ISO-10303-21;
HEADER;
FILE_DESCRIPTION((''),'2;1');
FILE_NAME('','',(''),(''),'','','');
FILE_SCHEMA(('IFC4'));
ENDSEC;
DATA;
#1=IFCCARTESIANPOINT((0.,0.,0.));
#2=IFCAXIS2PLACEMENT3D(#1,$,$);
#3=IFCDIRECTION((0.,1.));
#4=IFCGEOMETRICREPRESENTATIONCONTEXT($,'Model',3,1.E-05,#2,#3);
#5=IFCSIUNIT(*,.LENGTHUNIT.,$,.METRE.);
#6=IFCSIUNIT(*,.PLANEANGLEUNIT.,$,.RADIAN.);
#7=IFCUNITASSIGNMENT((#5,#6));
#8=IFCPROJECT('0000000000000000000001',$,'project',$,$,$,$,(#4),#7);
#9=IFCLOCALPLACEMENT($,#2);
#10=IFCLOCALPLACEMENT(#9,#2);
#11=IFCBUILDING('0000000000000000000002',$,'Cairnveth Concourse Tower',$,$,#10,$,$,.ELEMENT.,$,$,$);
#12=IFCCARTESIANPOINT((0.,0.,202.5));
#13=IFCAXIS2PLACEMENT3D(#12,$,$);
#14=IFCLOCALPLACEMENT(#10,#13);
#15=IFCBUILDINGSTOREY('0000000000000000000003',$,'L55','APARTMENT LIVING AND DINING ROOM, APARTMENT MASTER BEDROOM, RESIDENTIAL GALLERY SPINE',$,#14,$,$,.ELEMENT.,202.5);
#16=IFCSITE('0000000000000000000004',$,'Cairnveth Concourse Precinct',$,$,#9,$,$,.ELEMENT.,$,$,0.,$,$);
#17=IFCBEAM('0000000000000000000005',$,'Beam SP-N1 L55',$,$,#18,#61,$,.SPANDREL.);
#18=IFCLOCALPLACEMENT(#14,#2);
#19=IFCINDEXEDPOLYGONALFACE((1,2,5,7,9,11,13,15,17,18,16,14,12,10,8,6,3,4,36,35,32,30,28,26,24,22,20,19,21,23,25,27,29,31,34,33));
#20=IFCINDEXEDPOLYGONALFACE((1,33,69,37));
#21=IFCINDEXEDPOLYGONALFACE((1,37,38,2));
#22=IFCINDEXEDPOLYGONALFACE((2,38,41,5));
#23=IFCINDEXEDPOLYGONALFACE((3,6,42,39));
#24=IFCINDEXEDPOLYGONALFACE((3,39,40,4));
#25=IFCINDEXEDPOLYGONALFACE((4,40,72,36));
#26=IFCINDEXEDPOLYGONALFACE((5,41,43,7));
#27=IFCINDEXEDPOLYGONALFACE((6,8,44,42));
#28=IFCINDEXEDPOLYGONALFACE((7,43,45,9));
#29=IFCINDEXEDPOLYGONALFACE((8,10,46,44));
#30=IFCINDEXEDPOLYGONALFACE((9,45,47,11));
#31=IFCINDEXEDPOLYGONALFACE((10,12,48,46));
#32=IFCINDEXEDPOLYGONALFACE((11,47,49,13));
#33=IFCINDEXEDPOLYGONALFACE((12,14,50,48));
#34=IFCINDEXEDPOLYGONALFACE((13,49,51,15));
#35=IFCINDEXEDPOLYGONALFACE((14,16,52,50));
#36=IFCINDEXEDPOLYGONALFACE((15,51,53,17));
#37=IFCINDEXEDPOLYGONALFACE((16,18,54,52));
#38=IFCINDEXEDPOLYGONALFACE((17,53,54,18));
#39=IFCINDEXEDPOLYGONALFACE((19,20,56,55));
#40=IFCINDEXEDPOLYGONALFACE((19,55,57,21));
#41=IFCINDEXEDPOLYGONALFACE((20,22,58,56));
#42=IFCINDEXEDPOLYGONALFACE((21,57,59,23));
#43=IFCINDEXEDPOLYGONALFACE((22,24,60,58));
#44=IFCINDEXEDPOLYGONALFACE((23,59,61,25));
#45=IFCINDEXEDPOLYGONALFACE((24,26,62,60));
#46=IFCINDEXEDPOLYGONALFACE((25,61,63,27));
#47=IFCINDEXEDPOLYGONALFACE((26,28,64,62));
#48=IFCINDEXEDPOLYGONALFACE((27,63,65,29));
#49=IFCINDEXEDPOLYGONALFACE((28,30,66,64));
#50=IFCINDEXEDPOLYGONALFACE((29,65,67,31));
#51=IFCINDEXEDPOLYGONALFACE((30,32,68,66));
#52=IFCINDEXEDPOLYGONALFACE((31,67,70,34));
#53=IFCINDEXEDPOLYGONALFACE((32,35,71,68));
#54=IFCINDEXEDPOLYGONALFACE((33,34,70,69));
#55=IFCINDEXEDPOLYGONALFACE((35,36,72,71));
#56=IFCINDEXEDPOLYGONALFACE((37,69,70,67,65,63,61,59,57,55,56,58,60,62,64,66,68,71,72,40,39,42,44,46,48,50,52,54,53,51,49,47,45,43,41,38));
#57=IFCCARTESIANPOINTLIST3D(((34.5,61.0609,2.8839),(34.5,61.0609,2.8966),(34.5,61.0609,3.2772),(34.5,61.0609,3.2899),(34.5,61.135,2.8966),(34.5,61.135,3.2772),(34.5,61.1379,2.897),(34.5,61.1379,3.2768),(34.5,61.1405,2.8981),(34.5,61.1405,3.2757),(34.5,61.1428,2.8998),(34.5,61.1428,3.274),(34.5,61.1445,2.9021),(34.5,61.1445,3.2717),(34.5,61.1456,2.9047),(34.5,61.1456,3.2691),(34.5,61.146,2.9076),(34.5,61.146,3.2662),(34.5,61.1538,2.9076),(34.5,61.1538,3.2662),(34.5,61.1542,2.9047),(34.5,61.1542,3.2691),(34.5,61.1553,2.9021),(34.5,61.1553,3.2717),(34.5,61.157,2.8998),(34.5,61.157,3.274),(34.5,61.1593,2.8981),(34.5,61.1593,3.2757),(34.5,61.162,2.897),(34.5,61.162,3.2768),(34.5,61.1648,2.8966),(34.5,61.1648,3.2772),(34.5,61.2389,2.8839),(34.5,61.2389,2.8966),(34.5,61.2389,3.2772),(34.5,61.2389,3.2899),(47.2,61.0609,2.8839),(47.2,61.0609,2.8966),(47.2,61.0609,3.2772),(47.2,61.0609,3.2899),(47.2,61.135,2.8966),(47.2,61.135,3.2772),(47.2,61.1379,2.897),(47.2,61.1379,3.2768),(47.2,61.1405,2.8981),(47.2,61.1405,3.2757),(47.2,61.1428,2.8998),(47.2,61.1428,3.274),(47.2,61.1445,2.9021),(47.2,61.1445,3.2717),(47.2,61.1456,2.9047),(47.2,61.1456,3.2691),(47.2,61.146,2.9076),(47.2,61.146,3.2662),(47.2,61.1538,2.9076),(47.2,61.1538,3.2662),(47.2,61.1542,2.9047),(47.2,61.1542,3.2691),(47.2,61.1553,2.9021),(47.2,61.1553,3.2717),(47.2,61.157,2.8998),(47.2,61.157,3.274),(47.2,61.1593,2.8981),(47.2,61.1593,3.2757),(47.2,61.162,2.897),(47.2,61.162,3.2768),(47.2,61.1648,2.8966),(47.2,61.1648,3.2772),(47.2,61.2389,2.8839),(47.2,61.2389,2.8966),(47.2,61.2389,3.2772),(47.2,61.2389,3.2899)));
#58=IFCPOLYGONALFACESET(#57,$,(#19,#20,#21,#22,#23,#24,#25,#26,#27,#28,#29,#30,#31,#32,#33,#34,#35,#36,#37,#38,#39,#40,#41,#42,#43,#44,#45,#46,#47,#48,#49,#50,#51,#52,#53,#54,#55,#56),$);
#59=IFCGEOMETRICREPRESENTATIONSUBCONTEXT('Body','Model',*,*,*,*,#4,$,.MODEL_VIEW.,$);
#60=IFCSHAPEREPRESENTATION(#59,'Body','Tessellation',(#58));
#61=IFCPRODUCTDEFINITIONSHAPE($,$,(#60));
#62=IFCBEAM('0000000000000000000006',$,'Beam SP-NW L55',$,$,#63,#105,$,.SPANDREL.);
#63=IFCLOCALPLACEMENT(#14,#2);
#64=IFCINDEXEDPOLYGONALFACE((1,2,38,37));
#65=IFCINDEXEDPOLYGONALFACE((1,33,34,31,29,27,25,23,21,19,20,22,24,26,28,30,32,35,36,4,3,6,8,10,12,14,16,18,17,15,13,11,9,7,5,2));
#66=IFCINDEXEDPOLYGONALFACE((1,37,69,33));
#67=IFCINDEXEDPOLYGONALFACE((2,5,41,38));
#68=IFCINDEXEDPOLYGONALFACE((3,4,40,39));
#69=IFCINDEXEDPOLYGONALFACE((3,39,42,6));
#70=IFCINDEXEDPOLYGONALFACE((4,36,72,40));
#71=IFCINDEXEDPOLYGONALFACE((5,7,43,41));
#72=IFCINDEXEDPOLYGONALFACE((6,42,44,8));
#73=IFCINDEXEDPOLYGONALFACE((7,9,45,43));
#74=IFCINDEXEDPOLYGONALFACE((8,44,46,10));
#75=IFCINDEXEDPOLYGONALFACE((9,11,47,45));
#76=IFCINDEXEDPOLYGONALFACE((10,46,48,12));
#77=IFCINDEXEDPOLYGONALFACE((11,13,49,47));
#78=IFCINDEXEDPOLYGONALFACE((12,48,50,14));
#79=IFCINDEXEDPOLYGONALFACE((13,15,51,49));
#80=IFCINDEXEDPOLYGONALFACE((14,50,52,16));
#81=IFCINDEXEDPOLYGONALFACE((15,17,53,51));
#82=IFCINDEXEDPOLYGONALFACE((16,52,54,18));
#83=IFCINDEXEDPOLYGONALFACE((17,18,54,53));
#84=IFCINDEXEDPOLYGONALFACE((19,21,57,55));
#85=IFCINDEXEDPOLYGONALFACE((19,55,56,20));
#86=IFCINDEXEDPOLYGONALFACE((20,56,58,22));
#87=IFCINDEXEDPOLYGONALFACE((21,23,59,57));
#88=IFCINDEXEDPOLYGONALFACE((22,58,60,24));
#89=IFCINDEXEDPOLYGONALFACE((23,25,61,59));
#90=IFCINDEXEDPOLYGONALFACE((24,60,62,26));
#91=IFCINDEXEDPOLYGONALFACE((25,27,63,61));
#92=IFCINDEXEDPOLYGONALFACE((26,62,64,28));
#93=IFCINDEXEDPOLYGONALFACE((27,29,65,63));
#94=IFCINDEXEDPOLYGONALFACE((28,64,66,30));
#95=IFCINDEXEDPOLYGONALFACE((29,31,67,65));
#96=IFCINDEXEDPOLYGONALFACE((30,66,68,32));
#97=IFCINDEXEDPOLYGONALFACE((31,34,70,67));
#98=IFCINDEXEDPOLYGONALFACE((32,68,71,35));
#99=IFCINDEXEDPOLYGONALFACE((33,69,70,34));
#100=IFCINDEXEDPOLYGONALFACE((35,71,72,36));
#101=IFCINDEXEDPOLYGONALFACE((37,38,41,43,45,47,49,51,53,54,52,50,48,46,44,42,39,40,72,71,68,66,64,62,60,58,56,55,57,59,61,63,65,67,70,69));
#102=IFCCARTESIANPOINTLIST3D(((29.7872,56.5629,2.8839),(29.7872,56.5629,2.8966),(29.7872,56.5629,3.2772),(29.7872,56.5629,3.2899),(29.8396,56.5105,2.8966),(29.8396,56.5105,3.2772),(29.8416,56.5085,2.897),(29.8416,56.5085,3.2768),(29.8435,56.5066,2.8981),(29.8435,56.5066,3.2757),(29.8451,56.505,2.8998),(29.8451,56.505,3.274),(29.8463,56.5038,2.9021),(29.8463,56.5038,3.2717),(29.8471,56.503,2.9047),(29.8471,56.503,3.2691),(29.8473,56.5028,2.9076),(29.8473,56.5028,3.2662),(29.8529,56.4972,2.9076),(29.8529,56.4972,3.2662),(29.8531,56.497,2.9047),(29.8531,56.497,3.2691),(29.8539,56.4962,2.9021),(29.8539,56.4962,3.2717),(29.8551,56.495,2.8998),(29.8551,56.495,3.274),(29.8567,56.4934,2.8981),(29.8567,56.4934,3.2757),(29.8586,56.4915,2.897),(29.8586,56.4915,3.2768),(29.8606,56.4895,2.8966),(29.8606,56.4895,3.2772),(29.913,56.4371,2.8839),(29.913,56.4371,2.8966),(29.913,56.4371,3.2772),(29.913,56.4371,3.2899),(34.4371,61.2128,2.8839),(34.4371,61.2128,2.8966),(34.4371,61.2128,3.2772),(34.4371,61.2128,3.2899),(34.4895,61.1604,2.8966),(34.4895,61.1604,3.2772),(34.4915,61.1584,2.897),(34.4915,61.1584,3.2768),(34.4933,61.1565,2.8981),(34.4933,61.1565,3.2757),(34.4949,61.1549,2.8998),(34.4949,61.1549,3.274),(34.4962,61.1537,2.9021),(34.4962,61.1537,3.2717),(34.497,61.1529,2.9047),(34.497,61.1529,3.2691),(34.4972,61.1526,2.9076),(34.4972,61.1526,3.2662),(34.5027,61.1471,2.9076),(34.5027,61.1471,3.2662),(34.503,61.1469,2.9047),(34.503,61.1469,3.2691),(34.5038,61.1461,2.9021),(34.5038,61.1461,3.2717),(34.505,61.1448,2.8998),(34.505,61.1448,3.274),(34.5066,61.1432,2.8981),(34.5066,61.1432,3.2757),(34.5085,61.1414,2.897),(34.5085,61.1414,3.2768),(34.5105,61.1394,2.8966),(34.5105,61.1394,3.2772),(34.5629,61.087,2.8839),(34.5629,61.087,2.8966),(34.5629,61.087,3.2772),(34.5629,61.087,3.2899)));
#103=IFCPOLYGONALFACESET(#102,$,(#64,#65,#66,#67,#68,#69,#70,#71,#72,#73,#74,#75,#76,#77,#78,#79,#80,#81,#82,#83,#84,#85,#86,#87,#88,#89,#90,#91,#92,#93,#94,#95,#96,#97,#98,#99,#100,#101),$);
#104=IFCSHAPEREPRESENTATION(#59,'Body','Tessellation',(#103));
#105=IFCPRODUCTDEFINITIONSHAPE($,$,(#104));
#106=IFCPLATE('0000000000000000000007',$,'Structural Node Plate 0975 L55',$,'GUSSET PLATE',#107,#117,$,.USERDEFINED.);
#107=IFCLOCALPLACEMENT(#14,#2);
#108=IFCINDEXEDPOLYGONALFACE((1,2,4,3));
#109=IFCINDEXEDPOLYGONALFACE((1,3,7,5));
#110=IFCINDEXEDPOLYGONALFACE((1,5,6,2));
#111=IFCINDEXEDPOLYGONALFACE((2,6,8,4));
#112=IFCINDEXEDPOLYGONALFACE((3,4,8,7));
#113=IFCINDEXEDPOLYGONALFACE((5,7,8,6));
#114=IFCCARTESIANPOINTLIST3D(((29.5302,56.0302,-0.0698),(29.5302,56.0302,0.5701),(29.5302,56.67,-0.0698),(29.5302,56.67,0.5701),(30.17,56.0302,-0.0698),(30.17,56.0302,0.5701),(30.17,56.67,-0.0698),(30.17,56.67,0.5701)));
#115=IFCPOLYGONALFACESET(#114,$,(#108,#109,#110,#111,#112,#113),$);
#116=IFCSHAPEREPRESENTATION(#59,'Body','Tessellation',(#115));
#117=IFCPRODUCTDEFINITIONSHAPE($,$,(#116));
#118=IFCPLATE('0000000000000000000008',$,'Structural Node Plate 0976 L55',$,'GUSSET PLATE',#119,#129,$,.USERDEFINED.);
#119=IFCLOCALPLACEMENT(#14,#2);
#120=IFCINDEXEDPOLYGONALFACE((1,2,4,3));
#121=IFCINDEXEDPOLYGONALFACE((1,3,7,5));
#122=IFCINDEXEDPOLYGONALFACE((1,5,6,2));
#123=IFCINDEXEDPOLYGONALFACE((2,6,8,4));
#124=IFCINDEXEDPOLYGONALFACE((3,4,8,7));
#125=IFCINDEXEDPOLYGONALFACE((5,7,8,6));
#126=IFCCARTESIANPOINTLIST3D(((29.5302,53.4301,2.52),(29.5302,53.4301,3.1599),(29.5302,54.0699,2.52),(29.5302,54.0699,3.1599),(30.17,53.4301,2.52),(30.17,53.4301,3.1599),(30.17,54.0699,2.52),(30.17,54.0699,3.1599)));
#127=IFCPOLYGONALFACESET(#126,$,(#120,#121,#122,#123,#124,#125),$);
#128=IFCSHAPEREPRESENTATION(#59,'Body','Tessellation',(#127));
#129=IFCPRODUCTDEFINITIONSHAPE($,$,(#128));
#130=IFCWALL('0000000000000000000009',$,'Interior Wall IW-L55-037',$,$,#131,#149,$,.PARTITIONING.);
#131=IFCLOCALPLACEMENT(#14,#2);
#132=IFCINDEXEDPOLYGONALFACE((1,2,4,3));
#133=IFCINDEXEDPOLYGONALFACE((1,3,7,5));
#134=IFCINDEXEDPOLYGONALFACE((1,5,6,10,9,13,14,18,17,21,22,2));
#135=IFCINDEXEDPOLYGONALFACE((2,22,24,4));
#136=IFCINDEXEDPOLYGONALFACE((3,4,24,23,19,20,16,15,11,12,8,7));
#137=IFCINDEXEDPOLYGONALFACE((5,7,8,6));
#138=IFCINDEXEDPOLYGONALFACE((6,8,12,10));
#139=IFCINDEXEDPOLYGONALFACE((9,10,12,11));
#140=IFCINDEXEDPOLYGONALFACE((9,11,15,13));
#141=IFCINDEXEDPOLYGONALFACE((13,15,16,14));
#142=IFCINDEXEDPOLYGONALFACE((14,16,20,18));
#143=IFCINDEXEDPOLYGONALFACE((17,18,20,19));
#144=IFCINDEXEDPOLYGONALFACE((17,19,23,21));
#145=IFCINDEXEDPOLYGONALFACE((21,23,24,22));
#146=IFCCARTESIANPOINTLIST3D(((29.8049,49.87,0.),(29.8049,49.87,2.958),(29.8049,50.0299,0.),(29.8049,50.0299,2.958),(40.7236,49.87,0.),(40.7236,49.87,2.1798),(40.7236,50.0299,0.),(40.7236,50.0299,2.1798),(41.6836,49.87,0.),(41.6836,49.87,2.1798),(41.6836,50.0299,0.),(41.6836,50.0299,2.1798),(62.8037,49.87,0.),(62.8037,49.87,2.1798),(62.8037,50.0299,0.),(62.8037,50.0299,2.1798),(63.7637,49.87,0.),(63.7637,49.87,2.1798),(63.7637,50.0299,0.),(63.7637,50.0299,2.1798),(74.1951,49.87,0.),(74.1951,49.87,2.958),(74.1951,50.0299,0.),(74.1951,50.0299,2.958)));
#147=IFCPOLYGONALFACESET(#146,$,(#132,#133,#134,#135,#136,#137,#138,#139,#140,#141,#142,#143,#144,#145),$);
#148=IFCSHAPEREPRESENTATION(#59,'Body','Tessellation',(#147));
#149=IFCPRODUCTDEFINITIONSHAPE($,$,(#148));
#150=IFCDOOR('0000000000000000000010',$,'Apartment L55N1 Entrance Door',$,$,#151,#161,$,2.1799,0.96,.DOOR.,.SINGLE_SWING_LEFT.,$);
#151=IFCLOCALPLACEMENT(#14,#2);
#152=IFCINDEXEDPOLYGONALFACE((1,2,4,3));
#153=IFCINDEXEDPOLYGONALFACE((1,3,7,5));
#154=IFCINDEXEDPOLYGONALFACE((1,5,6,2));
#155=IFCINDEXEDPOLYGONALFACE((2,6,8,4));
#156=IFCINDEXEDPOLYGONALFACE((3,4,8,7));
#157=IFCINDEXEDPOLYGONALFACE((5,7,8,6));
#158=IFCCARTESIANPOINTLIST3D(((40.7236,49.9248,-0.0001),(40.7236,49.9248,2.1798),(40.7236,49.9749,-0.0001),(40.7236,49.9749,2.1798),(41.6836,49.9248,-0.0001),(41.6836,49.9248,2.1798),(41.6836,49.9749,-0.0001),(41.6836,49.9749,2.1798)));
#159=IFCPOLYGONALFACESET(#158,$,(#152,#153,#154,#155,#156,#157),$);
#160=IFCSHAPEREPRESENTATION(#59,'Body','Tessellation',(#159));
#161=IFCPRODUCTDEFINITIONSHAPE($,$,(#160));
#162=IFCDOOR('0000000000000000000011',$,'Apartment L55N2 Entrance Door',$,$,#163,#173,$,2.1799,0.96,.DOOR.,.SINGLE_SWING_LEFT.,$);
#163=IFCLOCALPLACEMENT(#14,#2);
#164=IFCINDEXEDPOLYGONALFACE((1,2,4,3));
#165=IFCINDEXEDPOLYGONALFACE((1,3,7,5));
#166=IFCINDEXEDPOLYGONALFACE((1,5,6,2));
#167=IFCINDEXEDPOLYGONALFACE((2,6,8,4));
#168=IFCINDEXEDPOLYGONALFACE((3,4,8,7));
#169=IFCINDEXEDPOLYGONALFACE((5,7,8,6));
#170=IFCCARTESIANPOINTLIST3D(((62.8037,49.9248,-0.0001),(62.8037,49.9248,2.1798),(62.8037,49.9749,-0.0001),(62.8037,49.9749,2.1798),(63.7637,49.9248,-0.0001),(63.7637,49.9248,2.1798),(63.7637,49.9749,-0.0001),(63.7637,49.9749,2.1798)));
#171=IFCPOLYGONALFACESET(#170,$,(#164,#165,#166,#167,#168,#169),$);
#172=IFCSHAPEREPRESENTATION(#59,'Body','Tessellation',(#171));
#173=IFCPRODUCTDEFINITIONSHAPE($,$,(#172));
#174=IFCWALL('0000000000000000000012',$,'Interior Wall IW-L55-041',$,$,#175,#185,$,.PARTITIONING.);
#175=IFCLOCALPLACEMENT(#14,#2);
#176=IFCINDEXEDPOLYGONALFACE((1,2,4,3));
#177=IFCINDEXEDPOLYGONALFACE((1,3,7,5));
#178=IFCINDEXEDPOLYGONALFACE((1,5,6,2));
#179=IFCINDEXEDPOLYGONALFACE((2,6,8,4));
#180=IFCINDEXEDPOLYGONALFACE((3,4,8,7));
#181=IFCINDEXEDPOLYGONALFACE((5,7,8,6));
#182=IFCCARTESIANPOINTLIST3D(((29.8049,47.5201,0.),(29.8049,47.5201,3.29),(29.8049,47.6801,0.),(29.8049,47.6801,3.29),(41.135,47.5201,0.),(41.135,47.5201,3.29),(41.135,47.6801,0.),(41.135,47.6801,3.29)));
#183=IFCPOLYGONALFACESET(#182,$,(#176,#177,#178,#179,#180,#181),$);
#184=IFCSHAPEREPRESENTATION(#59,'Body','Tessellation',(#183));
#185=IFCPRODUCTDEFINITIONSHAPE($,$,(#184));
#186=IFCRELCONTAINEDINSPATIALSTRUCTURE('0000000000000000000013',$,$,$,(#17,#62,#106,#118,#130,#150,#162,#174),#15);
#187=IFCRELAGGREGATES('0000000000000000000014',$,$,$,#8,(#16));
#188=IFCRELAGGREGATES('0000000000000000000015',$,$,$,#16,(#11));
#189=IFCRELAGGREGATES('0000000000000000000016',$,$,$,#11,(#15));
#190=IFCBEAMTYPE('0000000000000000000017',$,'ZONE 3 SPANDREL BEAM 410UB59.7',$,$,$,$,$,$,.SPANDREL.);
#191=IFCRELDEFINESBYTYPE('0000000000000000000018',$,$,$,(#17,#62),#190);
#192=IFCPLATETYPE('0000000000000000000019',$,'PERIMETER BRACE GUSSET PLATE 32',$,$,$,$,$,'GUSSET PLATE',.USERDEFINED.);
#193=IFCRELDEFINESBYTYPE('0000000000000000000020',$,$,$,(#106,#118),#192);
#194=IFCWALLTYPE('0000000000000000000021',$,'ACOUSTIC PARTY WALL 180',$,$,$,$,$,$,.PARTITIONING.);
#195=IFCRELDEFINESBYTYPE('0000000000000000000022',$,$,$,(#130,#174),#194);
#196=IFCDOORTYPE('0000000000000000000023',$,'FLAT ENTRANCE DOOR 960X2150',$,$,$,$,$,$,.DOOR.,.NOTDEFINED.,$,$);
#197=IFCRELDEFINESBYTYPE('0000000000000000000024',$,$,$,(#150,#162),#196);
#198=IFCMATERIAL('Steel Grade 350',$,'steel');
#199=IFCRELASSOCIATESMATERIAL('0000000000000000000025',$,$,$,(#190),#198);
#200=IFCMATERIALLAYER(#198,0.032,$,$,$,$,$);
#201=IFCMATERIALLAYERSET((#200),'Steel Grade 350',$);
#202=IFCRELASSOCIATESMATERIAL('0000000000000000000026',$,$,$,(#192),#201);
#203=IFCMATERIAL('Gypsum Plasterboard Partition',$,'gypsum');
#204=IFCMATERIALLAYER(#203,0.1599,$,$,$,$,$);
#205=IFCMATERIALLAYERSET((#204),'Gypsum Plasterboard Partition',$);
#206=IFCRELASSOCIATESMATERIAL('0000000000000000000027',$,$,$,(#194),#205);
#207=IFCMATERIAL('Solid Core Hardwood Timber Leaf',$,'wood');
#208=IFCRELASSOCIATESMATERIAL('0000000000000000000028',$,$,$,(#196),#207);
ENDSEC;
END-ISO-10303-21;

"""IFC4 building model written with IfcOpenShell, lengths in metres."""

from ifc_helpers import new_model, si_unit, direction, frame, frame_2d, origin, origin_2d, place, context, subcontext, project, spatial, rectangle, i_section, extrude, material, layer, layer_set, material_profile, profile_set, type_object, element, fill, save


model = new_model("IFC4")

# Units and contexts
model_context = context("Model", 3, precision=1e-05, world=origin(), true_north=direction((0.0, 1.0)))
body_context = subcontext(model_context, "Body", "Model", "MODEL_VIEW")
ifc_project = project(units=[si_unit("LENGTHUNIT", "METRE"), si_unit("PLANEANGLEUNIT", "RADIAN")], contexts=[model_context])

# Site, building, storey
site_placement = place(None, origin())
site = spatial("IfcSite", under=ifc_project, at=site_placement, Name="Cairnveth Concourse Precinct", CompositionType="ELEMENT", RefElevation=0.0)
building_placement = place(site_placement, origin())
building = spatial("IfcBuilding", under=site, at=building_placement, Name="Cairnveth Concourse Tower", CompositionType="ELEMENT")
storey_placement = place(building_placement, frame((0.0, 0.0, 202.5)))
storey = spatial("IfcBuildingStorey", under=building, at=storey_placement, Name="L55", Description="APARTMENT LIVING AND DINING ROOM, APARTMENT MASTER BEDROOM, RESIDENTIAL GALLERY SPINE", CompositionType="ELEMENT", Elevation=202.5)

# Shared definitions
ifc_material_1 = material(Name="Steel Grade 350", Category="steel")

# Beams
ifc_material_profile_1 = material_profile(ifc_material_1, i_section(OverallWidth=0.178, OverallDepth=0.406, WebThickness=0.0078, FlangeThickness=0.0127, FilletRadius=0.011, at=origin_2d()), Name="410UB59.7")
ifc_profile_set_1 = profile_set([ifc_material_profile_1], Name="Steel Grade 350")
beam_type_1 = type_object("IfcBeamType", Name="ZONE 3 SPANDREL BEAM 410UB59.7", PredefinedType="SPANDREL", material=ifc_profile_set_1)
beam_1_placement = place(storey_placement, frame((34.5, 61.1499, 3.0869), z_axis=(1.0, 0.0, 0.0), x_axis=(0.0, 1.0, 0.0)))
element("IfcBeam", 1, at=beam_1_placement, inside=storey, type_object=beam_type_1, Name="Beam SP-N1 L55", PredefinedType="SPANDREL", context=body_context, shape_type="SweptSolid", body=[
    extrude(i_section(OverallWidth=0.178, OverallDepth=0.406, WebThickness=0.0078, FlangeThickness=0.0127, FilletRadius=0.011, at=origin_2d()), origin(), (0.0, 0.0, 1.0), 12.7),
])
beam_2_placement = place(storey_placement, frame((29.8501, 56.5, 3.0869), z_axis=(0.707107, 0.707107, 0.0), x_axis=(-0.707107, 0.707107, 0.0)))
element("IfcBeam", 2, at=beam_2_placement, inside=storey, type_object=beam_type_1, Name="Beam SP-NW L55", PredefinedType="SPANDREL", context=body_context, shape_type="SweptSolid", body=[
    extrude(i_section(OverallWidth=0.178, OverallDepth=0.406, WebThickness=0.0078, FlangeThickness=0.0127, FilletRadius=0.011, at=origin_2d()), origin(), (0.0, 0.0, 1.0), 6.5759),
])

# Plates
ifc_layer_1 = layer(ifc_material_1, 0.032)
ifc_layer_set_1 = layer_set([ifc_layer_1], Name="Steel Grade 350")
plate_type = type_object("IfcPlateType", Name="PERIMETER BRACE GUSSET PLATE 32", ElementType="GUSSET PLATE", PredefinedType="USERDEFINED", material=ifc_layer_set_1)
for number, where, z_axis, x_axis, name in (
    (3, (29.8501, 56.3501, -0.0698), (0.0, 0.0, 1.0), (1.0, 0.0, 0.0), "Structural Node Plate 0975 L55"),
    (4, (29.8501, 53.75, 2.52), (0.0, 0.0, 1.0), (1.0, 0.0, 0.0), "Structural Node Plate 0976 L55"),
):
    element("IfcPlate", number, at=place(storey_placement, frame(where, z_axis=z_axis, x_axis=x_axis)), inside=storey, type_object=plate_type, Name=name, ObjectType="GUSSET PLATE", PredefinedType="USERDEFINED", context=body_context, shape_type="SweptSolid", body=[
        extrude(rectangle(XDim=0.6399, YDim=0.6399, at=origin_2d()), origin(), (0.0, 0.0, 1.0), 0.6399),
    ])

# Wall, openings, doors
ifc_material_2 = material(Name="Gypsum Plasterboard Partition", Category="gypsum")
ifc_layer_2 = layer(ifc_material_2, 0.1599)
ifc_layer_set_2 = layer_set([ifc_layer_2], Name="Gypsum Plasterboard Partition")
wall_type_1 = type_object("IfcWallType", Name="ACOUSTIC PARTY WALL 180", PredefinedType="PARTITIONING", material=ifc_layer_set_2)
wall_1_placement = place(storey_placement, frame((29.8049, 49.95, 0.0), z_axis=(0.0, 0.0, 1.0), x_axis=(1.0, 0.0, 0.0)))
wall_1 = element("IfcWall", 5, at=wall_1_placement, inside=storey, type_object=wall_type_1, Name="Interior Wall IW-L55-037", PredefinedType="PARTITIONING", context=body_context, shape_type="SweptSolid", body=[
    extrude(rectangle(XDim=44.3901, YDim=0.1599, at=frame_2d((22.1951, 0.0))), origin(), (0.0, 0.0, 1.0), 2.958),
])
opening_1_placement = place(wall_1_placement, frame((10.9187, 0.0, 0.0)))
opening_1 = element("IfcOpeningElement", 6, at=opening_1_placement, cuts=wall_1, PredefinedType="OPENING", context=body_context, shape_type="SweptSolid", body=[
    extrude(rectangle(XDim=0.96, YDim=2.1799, at=frame_2d((0.48, 1.0898))), frame((0.0, 0.0898, 0.0), z_axis=(0.0, -1.0, 0.0), x_axis=(1.0, 0.0, 0.0)), (0.0, 0.0, 1.0), 0.1799),
])
opening_2_placement = place(wall_1_placement, frame((32.9988, 0.0, 0.0)))
opening_2 = element("IfcOpeningElement", 7, at=opening_2_placement, cuts=wall_1, PredefinedType="OPENING", context=body_context, shape_type="SweptSolid", body=[
    extrude(rectangle(XDim=0.96, YDim=2.1799, at=frame_2d((0.48, 1.0898))), frame((0.0, 0.0898, 0.0), z_axis=(0.0, -1.0, 0.0), x_axis=(1.0, 0.0, 0.0)), (0.0, 0.0, 1.0), 0.1799),
])
ifc_material_3 = material(Name="Solid Core Hardwood Timber Leaf", Category="wood")
door_type_1 = type_object("IfcDoorType", Name="FLAT ENTRANCE DOOR 960X2150", OperationType="NOTDEFINED", PredefinedType="DOOR", material=ifc_material_3)
door_1_placement = place(opening_1_placement, origin())
door_1 = element("IfcDoor", 8, at=door_1_placement, inside=storey, type_object=door_type_1, Name="Apartment L55N1 Entrance Door", OperationType="SINGLE_SWING_LEFT", OverallHeight=2.1799, OverallWidth=0.96, PredefinedType="DOOR", context=body_context, shape_type="SweptSolid", body=[
    extrude(rectangle(XDim=0.96, YDim=2.1799, at=frame_2d((0.48, 1.0898))), frame((0.0, 0.0249, 0.0), z_axis=(0.0, -1.0, 0.0), x_axis=(1.0, 0.0, 0.0)), (0.0, 0.0, 1.0), 0.05),
])
fill(opening_1, door_1)
door_2_placement = place(opening_2_placement, origin())
door_2 = element("IfcDoor", 9, at=door_2_placement, inside=storey, type_object=door_type_1, Name="Apartment L55N2 Entrance Door", OperationType="SINGLE_SWING_LEFT", OverallHeight=2.1799, OverallWidth=0.96, PredefinedType="DOOR", context=body_context, shape_type="SweptSolid", body=[
    extrude(rectangle(XDim=0.96, YDim=2.1799, at=frame_2d((0.48, 1.0898))), frame((0.0, 0.0249, 0.0), z_axis=(0.0, -1.0, 0.0), x_axis=(1.0, 0.0, 0.0)), (0.0, 0.0, 1.0), 0.05),
])
fill(opening_2, door_2)

# Wall
wall_2_placement = place(storey_placement, frame((29.8049, 47.6001, 0.0), z_axis=(0.0, 0.0, 1.0), x_axis=(1.0, 0.0, 0.0)))
element("IfcWall", 10, at=wall_2_placement, inside=storey, type_object=wall_type_1, Name="Interior Wall IW-L55-041", PredefinedType="PARTITIONING", context=body_context, shape_type="SweptSolid", body=[
    extrude(rectangle(XDim=11.3301, YDim=0.1599, at=frame_2d((5.665, 0.0))), origin(), (0.0, 0.0, 1.0), 3.29),
])

save(model, "model.ifc")
